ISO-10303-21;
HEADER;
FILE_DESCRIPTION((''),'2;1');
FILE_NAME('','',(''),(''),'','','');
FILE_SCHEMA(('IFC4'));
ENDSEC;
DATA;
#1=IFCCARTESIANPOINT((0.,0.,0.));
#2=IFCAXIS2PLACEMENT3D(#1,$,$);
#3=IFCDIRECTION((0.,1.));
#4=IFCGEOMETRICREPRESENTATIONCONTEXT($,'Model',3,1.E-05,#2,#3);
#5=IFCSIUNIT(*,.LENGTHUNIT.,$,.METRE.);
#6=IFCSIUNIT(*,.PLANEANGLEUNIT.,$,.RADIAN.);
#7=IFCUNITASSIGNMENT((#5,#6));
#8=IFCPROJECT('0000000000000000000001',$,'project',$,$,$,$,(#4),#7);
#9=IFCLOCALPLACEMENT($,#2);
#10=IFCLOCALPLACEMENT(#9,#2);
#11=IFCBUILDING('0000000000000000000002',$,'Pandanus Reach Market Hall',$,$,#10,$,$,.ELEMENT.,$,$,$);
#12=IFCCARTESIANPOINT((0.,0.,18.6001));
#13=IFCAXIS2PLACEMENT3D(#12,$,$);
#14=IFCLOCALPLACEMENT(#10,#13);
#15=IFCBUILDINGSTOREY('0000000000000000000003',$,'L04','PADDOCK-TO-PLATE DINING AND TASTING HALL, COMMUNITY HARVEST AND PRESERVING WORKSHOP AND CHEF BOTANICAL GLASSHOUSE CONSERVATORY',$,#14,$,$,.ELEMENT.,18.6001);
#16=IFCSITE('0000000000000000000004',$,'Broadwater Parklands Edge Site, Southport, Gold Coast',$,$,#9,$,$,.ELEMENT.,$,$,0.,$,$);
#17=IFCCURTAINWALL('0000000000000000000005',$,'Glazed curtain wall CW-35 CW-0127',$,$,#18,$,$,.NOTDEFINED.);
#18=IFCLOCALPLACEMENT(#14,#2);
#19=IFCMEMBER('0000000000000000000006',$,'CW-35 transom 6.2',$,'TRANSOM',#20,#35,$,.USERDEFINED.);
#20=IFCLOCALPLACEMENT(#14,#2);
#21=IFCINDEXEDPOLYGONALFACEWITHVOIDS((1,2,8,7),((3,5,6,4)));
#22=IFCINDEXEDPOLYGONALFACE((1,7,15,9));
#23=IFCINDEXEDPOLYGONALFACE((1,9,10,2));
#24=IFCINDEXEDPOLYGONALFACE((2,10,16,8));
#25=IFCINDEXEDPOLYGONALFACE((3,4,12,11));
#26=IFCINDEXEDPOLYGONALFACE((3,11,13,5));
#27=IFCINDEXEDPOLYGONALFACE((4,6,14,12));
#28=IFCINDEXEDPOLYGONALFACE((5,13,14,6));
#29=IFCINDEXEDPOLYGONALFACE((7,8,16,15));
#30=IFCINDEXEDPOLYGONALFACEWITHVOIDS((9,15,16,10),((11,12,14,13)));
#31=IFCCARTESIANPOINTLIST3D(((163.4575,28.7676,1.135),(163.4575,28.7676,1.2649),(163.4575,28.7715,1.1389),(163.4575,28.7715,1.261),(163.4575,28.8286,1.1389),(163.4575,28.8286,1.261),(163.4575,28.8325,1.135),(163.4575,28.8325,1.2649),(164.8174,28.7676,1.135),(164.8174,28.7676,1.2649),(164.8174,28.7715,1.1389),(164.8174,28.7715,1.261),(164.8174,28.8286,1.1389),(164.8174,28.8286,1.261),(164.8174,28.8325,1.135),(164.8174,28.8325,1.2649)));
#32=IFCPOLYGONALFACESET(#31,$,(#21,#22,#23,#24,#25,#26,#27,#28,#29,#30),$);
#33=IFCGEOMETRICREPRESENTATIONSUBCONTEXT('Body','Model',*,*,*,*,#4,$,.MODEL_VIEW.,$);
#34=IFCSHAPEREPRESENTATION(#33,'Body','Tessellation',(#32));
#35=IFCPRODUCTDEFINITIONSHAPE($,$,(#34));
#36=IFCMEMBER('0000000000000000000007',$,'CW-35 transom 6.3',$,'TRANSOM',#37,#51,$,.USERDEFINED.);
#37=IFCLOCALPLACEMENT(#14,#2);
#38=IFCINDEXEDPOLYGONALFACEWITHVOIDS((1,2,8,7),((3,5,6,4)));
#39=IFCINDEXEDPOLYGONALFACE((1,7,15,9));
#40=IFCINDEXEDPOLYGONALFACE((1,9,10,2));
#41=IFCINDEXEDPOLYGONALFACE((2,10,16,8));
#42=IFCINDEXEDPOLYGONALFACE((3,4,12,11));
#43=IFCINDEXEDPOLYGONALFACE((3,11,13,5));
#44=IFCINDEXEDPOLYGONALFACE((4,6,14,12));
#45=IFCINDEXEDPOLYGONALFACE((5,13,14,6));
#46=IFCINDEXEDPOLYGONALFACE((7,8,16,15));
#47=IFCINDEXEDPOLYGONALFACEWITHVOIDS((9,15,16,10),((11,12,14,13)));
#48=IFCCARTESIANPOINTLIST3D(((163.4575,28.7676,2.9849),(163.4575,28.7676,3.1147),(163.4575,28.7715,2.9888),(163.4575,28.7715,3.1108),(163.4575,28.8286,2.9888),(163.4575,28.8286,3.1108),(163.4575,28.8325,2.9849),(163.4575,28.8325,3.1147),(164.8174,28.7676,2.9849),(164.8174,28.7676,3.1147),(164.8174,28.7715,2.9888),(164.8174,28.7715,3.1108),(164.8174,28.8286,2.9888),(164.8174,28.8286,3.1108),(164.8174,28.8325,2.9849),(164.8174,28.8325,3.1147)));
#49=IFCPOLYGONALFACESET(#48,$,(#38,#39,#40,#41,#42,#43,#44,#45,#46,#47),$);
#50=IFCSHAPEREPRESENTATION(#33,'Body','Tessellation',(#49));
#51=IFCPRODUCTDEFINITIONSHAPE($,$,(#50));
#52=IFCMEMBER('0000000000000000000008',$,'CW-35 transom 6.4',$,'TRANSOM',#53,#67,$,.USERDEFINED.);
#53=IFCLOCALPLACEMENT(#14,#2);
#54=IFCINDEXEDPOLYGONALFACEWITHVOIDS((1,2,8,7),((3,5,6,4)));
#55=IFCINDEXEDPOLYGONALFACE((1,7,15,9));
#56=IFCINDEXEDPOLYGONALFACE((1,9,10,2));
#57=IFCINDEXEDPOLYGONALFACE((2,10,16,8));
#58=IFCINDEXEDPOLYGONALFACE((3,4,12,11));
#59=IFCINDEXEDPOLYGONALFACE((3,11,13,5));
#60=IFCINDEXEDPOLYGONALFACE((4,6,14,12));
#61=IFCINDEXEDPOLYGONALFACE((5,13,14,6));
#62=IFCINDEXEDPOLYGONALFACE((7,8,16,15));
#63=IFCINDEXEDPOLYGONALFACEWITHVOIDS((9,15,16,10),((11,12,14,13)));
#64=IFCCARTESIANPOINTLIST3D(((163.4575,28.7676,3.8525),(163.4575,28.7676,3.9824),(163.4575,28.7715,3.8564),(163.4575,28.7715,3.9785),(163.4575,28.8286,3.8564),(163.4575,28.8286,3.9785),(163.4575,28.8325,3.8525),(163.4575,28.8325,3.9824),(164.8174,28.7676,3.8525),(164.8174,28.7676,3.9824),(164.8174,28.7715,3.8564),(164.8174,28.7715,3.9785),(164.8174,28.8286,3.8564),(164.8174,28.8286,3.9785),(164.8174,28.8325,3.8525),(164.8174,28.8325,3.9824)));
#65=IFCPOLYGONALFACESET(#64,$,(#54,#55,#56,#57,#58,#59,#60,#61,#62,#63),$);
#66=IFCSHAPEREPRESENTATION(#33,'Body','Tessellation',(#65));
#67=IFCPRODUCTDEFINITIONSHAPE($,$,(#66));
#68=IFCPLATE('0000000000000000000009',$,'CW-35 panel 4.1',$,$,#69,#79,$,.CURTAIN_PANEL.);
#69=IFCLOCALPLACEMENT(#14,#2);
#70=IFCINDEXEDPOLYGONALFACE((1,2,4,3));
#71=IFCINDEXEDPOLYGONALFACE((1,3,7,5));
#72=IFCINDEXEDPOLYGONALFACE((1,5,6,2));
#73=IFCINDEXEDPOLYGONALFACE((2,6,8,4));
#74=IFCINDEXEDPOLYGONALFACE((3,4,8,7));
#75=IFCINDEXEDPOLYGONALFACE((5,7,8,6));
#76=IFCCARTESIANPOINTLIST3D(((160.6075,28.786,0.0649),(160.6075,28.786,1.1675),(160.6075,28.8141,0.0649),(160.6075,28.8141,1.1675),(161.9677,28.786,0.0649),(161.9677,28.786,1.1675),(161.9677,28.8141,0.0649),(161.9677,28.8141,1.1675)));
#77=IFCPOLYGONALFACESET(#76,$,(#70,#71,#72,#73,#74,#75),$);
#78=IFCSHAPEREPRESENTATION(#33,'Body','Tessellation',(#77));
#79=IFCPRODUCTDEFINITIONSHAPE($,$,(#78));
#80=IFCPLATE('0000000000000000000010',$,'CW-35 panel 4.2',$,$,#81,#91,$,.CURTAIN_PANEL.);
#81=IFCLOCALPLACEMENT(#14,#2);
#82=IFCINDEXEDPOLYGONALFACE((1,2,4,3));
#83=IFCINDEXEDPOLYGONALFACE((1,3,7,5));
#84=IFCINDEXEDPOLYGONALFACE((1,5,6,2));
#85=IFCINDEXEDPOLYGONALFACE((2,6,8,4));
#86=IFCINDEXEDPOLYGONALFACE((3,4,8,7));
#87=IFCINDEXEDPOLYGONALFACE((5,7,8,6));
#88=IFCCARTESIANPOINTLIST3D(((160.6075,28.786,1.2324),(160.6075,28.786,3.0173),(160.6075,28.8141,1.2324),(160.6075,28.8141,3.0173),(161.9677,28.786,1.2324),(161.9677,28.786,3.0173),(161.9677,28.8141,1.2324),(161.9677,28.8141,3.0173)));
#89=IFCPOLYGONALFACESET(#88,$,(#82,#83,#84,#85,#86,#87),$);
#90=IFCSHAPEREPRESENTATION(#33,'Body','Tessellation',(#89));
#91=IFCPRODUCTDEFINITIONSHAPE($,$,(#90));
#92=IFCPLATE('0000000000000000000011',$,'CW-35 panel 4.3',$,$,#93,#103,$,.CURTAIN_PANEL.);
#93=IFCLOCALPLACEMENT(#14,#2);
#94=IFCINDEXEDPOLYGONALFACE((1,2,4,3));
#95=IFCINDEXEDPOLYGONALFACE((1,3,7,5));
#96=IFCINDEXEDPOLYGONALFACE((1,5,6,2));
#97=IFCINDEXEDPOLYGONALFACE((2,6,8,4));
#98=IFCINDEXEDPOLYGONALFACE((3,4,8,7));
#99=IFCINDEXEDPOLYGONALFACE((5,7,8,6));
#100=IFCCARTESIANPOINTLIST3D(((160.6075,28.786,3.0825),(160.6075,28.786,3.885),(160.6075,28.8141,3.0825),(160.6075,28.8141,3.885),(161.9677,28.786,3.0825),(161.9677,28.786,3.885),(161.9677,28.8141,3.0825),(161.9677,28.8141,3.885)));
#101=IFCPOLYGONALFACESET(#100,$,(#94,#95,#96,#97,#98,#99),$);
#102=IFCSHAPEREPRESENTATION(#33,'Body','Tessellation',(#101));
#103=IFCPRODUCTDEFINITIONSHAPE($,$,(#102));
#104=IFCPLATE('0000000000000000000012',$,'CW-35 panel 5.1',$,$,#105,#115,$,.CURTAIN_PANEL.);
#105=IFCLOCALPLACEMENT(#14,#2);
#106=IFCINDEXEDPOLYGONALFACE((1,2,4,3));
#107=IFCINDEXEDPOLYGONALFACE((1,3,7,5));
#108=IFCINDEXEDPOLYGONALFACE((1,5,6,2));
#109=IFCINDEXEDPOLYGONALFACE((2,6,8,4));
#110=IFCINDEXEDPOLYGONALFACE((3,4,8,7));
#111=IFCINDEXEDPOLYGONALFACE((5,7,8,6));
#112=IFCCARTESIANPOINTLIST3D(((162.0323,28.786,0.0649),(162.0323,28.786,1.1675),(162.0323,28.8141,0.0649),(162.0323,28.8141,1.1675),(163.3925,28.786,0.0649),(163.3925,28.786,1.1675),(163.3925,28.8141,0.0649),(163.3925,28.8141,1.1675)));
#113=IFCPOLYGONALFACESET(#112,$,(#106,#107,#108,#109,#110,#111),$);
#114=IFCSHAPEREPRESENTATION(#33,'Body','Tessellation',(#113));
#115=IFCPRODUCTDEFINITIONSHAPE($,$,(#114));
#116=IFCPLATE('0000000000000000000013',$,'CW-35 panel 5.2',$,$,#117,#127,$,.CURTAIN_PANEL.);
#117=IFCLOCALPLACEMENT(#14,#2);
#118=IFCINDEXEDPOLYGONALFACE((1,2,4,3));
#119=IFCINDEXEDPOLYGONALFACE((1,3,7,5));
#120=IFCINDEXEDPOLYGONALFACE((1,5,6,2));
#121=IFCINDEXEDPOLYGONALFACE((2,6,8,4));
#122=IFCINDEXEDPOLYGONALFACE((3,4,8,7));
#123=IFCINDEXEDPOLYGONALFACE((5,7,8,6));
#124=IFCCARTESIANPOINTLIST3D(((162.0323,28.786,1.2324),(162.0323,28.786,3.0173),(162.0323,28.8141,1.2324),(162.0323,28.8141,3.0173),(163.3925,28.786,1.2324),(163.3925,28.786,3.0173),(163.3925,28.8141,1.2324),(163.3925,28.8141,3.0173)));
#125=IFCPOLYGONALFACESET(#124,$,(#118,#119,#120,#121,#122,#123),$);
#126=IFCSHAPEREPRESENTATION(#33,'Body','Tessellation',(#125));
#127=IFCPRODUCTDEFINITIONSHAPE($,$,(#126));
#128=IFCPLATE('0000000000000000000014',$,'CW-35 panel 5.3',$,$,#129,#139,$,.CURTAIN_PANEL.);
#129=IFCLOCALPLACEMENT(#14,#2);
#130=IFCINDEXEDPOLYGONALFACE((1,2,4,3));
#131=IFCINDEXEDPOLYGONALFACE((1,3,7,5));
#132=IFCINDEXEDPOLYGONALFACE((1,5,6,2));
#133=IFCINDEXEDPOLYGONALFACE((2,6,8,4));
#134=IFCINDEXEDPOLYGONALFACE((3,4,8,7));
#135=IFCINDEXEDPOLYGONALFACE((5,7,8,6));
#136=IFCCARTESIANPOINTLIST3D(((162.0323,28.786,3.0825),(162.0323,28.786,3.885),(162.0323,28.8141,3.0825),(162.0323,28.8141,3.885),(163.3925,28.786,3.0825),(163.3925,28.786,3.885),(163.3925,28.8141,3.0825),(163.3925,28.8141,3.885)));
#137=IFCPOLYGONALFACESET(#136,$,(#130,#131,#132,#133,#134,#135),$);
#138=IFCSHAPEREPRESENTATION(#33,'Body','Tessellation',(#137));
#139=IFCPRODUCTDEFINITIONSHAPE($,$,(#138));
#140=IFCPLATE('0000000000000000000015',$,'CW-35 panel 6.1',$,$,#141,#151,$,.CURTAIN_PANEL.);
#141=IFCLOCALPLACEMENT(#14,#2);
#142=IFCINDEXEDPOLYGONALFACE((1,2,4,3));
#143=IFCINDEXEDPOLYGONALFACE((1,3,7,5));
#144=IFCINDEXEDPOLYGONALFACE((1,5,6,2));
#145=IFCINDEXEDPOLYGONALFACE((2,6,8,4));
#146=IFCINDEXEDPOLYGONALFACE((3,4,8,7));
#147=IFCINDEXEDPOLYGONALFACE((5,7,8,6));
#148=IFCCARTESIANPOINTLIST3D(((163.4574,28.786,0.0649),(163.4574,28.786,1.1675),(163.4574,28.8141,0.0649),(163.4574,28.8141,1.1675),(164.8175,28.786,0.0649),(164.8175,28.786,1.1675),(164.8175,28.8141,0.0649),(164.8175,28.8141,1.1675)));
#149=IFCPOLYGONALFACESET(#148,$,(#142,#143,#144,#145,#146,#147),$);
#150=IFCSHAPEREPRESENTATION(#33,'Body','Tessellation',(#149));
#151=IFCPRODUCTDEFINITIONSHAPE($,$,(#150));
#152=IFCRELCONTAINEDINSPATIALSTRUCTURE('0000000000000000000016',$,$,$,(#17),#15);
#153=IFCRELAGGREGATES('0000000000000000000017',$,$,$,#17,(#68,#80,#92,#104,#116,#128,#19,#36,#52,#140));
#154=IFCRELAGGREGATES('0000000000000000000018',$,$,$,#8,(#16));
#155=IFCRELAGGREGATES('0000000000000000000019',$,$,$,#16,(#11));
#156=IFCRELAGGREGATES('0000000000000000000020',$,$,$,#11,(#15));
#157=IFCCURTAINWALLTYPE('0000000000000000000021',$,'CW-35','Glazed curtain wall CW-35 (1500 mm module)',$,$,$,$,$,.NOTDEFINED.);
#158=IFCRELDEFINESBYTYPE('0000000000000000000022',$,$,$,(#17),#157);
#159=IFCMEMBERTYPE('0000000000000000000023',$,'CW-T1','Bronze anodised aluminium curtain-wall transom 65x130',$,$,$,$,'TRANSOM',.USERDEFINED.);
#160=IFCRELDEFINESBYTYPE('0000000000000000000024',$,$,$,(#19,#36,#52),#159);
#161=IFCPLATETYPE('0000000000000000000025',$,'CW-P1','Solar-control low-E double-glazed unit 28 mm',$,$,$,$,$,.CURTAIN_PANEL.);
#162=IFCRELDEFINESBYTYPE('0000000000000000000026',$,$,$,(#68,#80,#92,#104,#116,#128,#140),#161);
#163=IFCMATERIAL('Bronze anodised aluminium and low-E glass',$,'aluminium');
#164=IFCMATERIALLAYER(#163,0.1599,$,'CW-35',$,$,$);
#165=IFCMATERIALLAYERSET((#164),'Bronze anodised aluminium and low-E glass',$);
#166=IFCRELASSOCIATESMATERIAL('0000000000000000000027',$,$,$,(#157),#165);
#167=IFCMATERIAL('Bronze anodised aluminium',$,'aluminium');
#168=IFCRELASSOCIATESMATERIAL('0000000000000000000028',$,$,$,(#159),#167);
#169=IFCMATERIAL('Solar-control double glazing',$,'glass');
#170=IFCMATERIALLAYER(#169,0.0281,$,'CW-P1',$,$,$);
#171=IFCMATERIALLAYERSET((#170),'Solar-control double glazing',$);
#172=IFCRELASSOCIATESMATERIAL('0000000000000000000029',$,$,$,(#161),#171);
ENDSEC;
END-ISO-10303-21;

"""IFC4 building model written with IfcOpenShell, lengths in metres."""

from ifc_helpers import new_model, si_unit, direction, frame, origin, origin_2d, place, context, subcontext, project, spatial, rectangle, hollow_rectangle, extrude, material, layer, layer_set, material_profile, profile_set, type_object, element, aggregate, save


model = new_model("IFC4")

# Units and contexts
model_context = context("Model", 3, precision=1e-05, world=origin(), true_north=direction((0.0, 1.0)))
body_context = subcontext(model_context, "Body", "Model", "MODEL_VIEW")
ifc_project = project(units=[si_unit("LENGTHUNIT", "METRE"), si_unit("PLANEANGLEUNIT", "RADIAN")], contexts=[model_context])

# Site, building, storey
site_placement = place(None, origin())
site = spatial("IfcSite", under=ifc_project, at=site_placement, Name="Broadwater Parklands Edge Site, Southport, Gold Coast", CompositionType="ELEMENT", RefElevation=0.0)
building_placement = place(site_placement, origin())
building = spatial("IfcBuilding", under=site, at=building_placement, Name="Pandanus Reach Market Hall", CompositionType="ELEMENT")
storey_placement = place(building_placement, frame((0.0, 0.0, 18.6001)))
storey = spatial("IfcBuildingStorey", under=building, at=storey_placement, Name="L04", Description="PADDOCK-TO-PLATE DINING AND TASTING HALL, COMMUNITY HARVEST AND PRESERVING WORKSHOP AND CHEF BOTANICAL GLASSHOUSE CONSERVATORY", CompositionType="ELEMENT", Elevation=18.6001)

# Curtain wall, members, plates
ifc_material_1 = material(Name="Bronze anodised aluminium and low-E glass", Category="aluminium")
ifc_layer_1 = layer(ifc_material_1, 0.1599, Name="CW-35")
ifc_layer_set_1 = layer_set([ifc_layer_1], Name="Bronze anodised aluminium and low-E glass")
curtain_wall_type = type_object("IfcCurtainWallType", Name="CW-35", Description="Glazed curtain wall CW-35 (1500 mm module)", PredefinedType="NOTDEFINED", material=ifc_layer_set_1)
curtain_wall_placement = place(storey_placement, origin())
curtain_wall = element("IfcCurtainWall", 1, at=curtain_wall_placement, inside=storey, type_object=curtain_wall_type, Name="Glazed curtain wall CW-35 CW-0127", PredefinedType="NOTDEFINED")
ifc_material_2 = material(Name="Bronze anodised aluminium", Category="aluminium")
ifc_material_profile_1 = material_profile(ifc_material_2, hollow_rectangle(XDim=0.0649, YDim=0.1299, WallThickness=0.0039, at=origin_2d()), Name="ALU65x130", Category="LoadBearing")
ifc_profile_set_1 = profile_set([ifc_material_profile_1], Name="Bronze anodised aluminium")
member_type_1 = type_object("IfcMemberType", Name="CW-T1", Description="Bronze anodised aluminium curtain-wall transom 65x130", ElementType="TRANSOM", PredefinedType="USERDEFINED", material=ifc_profile_set_1)
member_1_placement = place(storey_placement, frame((163.4575, 28.8, 1.2), z_axis=(1.0, 0.0, 0.0), x_axis=(0.0, 1.0, 0.0)))
member_1 = element("IfcMember", 2, at=member_1_placement, type_object=member_type_1, Name="CW-35 transom 6.2", ObjectType="TRANSOM", PredefinedType="USERDEFINED", context=body_context, shape_type="SweptSolid", body=[
    extrude(hollow_rectangle(XDim=0.0649, YDim=0.1299, WallThickness=0.0039, at=origin_2d()), origin(), (0.0, 0.0, 1.0), 1.3599),
])
member_2_placement = place(storey_placement, frame((163.4575, 28.8, 3.0498), z_axis=(1.0, 0.0, 0.0), x_axis=(0.0, 1.0, 0.0)))
member_2 = element("IfcMember", 3, at=member_2_placement, type_object=member_type_1, Name="CW-35 transom 6.3", ObjectType="TRANSOM", PredefinedType="USERDEFINED", context=body_context, shape_type="SweptSolid", body=[
    extrude(hollow_rectangle(XDim=0.0649, YDim=0.1299, WallThickness=0.0039, at=origin_2d()), origin(), (0.0, 0.0, 1.0), 1.3599),
])
member_3_placement = place(storey_placement, frame((163.4575, 28.8, 3.9175), z_axis=(1.0, 0.0, 0.0), x_axis=(0.0, 1.0, 0.0)))
member_3 = element("IfcMember", 4, at=member_3_placement, type_object=member_type_1, Name="CW-35 transom 6.4", ObjectType="TRANSOM", PredefinedType="USERDEFINED", context=body_context, shape_type="SweptSolid", body=[
    extrude(hollow_rectangle(XDim=0.0649, YDim=0.1299, WallThickness=0.0039, at=origin_2d()), origin(), (0.0, 0.0, 1.0), 1.3599),
])
ifc_material_3 = material(Name="Solar-control double glazing", Category="glass")
ifc_layer_2 = layer(ifc_material_3, 0.0281, Name="CW-P1")
ifc_layer_set_2 = layer_set([ifc_layer_2], Name="Solar-control double glazing")
plate_type = type_object("IfcPlateType", Name="CW-P1", Description="Solar-control low-E double-glazed unit 28 mm", PredefinedType="CURTAIN_PANEL", material=ifc_layer_set_2)
plate_1_placement = place(storey_placement, frame((161.2876, 28.8, 0.0649), z_axis=(0.0, 0.0, 1.0), x_axis=(1.0, 0.0, 0.0)))
plate_1 = element("IfcPlate", 5, at=plate_1_placement, type_object=plate_type, Name="CW-35 panel 4.1", PredefinedType="CURTAIN_PANEL", context=body_context, shape_type="SweptSolid", body=[
    extrude(rectangle(XDim=1.3601, YDim=0.0281, at=origin_2d()), origin(), (0.0, 0.0, 1.0), 1.1025),
])
plate_2_placement = place(storey_placement, frame((161.2876, 28.8, 1.2324), z_axis=(0.0, 0.0, 1.0), x_axis=(1.0, 0.0, 0.0)))
plate_2 = element("IfcPlate", 6, at=plate_2_placement, type_object=plate_type, Name="CW-35 panel 4.2", PredefinedType="CURTAIN_PANEL", context=body_context, shape_type="SweptSolid", body=[
    extrude(rectangle(XDim=1.3601, YDim=0.0281, at=origin_2d()), origin(), (0.0, 0.0, 1.0), 1.7849),
])
plate_3_placement = place(storey_placement, frame((161.2876, 28.8, 3.0825), z_axis=(0.0, 0.0, 1.0), x_axis=(1.0, 0.0, 0.0)))
plate_3 = element("IfcPlate", 7, at=plate_3_placement, type_object=plate_type, Name="CW-35 panel 4.3", PredefinedType="CURTAIN_PANEL", context=body_context, shape_type="SweptSolid", body=[
    extrude(rectangle(XDim=1.3601, YDim=0.0281, at=origin_2d()), origin(), (0.0, 0.0, 1.0), 0.8025),
])
plate_4_placement = place(storey_placement, frame((162.7124, 28.8, 0.0649), z_axis=(0.0, 0.0, 1.0), x_axis=(1.0, 0.0, 0.0)))
plate_4 = element("IfcPlate", 8, at=plate_4_placement, type_object=plate_type, Name="CW-35 panel 5.1", PredefinedType="CURTAIN_PANEL", context=body_context, shape_type="SweptSolid", body=[
    extrude(rectangle(XDim=1.3601, YDim=0.0281, at=origin_2d()), origin(), (0.0, 0.0, 1.0), 1.1025),
])
plate_5_placement = place(storey_placement, frame((162.7124, 28.8, 1.2324), z_axis=(0.0, 0.0, 1.0), x_axis=(1.0, 0.0, 0.0)))
plate_5 = element("IfcPlate", 9, at=plate_5_placement, type_object=plate_type, Name="CW-35 panel 5.2", PredefinedType="CURTAIN_PANEL", context=body_context, shape_type="SweptSolid", body=[
    extrude(rectangle(XDim=1.3601, YDim=0.0281, at=origin_2d()), origin(), (0.0, 0.0, 1.0), 1.7849),
])
plate_6_placement = place(storey_placement, frame((162.7124, 28.8, 3.0825), z_axis=(0.0, 0.0, 1.0), x_axis=(1.0, 0.0, 0.0)))
plate_6 = element("IfcPlate", 10, at=plate_6_placement, type_object=plate_type, Name="CW-35 panel 5.3", PredefinedType="CURTAIN_PANEL", context=body_context, shape_type="SweptSolid", body=[
    extrude(rectangle(XDim=1.3601, YDim=0.0281, at=origin_2d()), origin(), (0.0, 0.0, 1.0), 0.8025),
])
plate_7_placement = place(storey_placement, frame((164.1375, 28.8, 0.0649), z_axis=(0.0, 0.0, 1.0), x_axis=(1.0, 0.0, 0.0)))
plate_7 = element("IfcPlate", 11, at=plate_7_placement, type_object=plate_type, Name="CW-35 panel 6.1", PredefinedType="CURTAIN_PANEL", context=body_context, shape_type="SweptSolid", body=[
    extrude(rectangle(XDim=1.3601, YDim=0.0281, at=origin_2d()), origin(), (0.0, 0.0, 1.0), 1.1025),
])
aggregate(curtain_wall, [plate_1, plate_2, plate_3, plate_4, plate_5, plate_6, member_1, member_2, member_3, plate_7])

save(model, "model.ifc")
